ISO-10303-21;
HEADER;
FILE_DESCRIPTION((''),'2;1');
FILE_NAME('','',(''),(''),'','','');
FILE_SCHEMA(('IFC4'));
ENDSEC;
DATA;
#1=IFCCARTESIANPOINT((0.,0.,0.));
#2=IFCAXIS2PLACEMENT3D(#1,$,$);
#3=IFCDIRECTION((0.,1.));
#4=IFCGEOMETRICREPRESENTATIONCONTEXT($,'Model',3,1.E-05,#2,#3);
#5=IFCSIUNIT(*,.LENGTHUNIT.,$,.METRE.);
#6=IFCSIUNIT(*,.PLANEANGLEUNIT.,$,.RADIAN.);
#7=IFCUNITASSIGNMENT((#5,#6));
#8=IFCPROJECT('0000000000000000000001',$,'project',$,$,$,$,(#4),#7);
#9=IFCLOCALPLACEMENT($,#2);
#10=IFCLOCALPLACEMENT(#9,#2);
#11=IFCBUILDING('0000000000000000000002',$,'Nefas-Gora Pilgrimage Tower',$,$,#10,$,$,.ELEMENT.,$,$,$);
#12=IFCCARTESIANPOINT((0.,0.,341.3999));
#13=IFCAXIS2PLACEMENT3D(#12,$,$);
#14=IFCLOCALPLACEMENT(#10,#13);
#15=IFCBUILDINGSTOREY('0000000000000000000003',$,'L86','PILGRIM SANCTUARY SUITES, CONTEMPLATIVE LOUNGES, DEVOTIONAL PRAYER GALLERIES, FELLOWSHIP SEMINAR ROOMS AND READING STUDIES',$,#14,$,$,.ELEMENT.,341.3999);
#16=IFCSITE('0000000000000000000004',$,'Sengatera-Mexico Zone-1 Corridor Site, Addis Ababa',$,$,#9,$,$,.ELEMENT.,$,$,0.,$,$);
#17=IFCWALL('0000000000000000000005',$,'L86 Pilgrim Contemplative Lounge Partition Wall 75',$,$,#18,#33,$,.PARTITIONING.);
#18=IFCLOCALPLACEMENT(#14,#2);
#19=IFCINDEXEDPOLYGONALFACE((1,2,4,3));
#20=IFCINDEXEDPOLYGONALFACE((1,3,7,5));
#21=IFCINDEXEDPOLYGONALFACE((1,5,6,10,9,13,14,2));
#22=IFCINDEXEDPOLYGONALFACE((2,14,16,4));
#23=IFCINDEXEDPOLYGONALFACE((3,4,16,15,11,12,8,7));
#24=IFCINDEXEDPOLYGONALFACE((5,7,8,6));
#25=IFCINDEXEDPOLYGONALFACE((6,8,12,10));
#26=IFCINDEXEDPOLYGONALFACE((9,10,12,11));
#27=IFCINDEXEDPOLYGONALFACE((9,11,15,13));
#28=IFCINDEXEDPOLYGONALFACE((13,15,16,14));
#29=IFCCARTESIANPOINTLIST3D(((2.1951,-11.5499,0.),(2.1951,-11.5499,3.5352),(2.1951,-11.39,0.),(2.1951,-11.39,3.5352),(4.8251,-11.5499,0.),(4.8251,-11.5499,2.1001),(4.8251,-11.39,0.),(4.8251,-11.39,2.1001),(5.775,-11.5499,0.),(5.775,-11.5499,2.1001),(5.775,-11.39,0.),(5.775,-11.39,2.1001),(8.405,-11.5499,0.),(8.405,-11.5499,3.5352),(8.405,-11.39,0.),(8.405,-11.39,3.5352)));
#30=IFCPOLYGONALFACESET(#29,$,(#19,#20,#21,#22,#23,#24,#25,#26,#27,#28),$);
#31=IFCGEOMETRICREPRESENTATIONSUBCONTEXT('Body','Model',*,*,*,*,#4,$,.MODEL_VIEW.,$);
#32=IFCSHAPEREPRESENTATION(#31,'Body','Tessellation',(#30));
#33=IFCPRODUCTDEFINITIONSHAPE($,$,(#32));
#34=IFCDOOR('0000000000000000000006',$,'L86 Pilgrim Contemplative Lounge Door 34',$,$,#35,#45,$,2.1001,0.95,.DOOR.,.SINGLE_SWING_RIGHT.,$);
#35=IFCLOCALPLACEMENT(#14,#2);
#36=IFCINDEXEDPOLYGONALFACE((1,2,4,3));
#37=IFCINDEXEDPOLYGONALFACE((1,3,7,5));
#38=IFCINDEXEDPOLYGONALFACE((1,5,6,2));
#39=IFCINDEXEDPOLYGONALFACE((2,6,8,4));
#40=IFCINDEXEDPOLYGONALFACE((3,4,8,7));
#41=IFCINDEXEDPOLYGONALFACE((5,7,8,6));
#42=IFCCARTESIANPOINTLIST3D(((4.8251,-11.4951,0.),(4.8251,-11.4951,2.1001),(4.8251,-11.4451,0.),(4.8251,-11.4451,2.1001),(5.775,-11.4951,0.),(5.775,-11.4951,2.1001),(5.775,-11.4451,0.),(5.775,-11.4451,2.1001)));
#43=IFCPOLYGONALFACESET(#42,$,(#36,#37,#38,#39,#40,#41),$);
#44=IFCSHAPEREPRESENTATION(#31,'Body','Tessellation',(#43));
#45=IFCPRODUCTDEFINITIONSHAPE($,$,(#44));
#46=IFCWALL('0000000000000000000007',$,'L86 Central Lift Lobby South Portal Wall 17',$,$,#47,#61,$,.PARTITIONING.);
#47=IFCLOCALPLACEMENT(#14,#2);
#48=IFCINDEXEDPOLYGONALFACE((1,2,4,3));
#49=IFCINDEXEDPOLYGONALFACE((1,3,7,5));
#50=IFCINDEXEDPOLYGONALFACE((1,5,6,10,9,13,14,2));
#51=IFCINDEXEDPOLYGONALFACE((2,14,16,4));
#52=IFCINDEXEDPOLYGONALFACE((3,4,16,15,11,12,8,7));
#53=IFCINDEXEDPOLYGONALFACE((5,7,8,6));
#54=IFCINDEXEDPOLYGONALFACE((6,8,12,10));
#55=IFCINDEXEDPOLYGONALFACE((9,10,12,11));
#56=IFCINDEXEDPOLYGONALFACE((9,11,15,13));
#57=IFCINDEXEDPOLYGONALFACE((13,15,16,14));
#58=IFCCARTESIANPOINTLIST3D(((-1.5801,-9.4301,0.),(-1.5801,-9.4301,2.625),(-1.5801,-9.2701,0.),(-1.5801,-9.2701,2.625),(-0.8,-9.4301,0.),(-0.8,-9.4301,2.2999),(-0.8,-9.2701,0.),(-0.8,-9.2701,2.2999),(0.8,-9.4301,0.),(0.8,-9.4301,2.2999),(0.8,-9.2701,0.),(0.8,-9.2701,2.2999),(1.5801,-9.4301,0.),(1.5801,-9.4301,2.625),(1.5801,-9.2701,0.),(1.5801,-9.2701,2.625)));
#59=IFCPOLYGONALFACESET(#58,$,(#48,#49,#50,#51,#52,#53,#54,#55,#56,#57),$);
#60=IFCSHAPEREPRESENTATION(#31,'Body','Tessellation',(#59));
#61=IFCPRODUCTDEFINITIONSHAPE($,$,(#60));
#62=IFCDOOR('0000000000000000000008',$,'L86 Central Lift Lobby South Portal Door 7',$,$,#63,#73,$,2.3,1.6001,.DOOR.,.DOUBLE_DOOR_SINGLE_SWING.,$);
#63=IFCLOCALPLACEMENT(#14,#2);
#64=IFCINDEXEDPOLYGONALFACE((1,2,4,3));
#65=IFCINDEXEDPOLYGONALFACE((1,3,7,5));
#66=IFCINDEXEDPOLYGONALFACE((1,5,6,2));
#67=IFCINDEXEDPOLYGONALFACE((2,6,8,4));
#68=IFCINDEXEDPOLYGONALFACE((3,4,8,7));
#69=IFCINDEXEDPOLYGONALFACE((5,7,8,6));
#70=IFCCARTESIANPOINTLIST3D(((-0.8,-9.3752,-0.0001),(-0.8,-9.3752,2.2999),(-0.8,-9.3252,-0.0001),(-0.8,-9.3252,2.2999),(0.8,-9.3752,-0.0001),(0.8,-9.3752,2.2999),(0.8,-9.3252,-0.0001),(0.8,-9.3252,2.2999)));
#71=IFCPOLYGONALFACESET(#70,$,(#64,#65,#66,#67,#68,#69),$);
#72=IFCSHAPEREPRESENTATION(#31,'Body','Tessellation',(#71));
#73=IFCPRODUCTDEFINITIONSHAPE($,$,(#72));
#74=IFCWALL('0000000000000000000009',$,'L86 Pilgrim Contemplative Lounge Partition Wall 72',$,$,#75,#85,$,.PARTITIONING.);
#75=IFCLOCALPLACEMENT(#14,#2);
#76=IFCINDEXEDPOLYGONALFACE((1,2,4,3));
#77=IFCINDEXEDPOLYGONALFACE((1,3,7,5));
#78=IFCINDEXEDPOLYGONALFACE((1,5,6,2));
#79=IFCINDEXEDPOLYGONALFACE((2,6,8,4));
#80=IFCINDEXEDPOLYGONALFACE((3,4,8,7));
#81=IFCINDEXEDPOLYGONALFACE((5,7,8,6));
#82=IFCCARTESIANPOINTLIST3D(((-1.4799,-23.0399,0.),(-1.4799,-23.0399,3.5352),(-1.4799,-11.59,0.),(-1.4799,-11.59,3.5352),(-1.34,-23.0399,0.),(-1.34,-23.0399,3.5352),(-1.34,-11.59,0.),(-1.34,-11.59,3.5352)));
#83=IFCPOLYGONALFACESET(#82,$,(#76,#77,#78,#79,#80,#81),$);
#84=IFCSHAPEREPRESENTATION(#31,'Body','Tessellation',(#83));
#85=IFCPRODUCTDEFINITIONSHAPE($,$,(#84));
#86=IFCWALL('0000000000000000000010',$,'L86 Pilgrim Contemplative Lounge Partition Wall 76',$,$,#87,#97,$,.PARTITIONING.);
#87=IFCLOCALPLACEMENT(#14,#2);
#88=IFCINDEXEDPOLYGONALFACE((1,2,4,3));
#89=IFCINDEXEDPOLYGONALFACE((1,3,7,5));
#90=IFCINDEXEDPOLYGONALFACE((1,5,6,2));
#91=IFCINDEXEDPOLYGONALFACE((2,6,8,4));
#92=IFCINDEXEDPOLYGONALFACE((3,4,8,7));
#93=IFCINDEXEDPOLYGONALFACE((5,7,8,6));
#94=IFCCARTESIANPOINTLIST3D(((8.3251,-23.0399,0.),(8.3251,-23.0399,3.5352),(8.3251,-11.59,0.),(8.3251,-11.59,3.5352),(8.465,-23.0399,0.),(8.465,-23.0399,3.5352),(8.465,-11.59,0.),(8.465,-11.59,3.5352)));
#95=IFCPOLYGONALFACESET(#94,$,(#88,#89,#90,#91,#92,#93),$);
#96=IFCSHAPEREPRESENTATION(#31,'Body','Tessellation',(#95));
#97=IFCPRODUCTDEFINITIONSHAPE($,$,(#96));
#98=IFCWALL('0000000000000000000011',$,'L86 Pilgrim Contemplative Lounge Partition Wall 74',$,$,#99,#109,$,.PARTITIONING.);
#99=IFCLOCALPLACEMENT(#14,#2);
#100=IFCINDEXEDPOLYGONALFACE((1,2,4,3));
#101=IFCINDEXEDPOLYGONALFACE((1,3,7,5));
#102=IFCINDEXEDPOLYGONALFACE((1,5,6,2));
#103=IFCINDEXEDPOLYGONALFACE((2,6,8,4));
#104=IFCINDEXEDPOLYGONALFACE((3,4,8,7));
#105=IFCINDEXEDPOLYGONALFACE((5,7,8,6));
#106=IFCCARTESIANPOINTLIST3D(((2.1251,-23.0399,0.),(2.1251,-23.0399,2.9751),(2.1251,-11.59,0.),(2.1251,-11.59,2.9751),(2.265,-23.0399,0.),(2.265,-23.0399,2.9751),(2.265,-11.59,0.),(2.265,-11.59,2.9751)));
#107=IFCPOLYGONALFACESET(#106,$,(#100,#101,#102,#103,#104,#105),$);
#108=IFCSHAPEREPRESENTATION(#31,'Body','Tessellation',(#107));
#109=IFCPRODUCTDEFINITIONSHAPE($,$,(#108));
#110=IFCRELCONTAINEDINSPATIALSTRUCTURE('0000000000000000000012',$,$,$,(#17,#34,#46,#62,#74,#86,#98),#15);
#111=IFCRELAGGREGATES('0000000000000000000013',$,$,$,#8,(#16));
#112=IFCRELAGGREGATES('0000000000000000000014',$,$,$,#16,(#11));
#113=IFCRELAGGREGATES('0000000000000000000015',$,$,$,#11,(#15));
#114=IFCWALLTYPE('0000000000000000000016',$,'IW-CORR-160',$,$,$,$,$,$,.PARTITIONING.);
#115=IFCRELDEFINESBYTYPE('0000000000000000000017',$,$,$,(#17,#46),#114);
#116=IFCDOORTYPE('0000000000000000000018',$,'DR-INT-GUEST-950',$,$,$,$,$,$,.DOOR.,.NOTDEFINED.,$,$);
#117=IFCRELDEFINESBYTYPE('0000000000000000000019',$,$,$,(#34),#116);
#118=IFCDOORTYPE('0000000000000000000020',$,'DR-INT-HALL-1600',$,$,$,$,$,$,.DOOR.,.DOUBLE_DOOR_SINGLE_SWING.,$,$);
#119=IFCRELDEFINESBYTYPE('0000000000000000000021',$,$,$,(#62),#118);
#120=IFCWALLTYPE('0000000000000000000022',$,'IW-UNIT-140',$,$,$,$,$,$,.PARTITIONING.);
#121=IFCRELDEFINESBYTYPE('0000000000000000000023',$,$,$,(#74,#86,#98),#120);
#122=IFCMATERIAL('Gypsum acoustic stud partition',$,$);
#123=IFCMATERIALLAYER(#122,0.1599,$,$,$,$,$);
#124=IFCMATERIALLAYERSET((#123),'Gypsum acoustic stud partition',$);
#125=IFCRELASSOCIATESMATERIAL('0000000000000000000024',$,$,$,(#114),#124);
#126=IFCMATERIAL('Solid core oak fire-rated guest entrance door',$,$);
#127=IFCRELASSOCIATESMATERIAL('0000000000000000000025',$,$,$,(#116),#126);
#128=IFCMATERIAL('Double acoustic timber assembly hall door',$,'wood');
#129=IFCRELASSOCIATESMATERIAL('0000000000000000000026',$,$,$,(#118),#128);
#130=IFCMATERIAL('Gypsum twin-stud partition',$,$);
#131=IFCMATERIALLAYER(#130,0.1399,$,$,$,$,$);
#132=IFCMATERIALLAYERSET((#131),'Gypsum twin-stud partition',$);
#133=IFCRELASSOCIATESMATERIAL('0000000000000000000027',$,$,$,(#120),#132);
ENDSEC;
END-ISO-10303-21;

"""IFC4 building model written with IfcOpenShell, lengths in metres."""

from ifc_helpers import new_model, si_unit, direction, frame, frame_2d, origin, place, context, subcontext, project, spatial, rectangle, extrude, source, transform, mapped, material, layer, layer_set, type_object, element, fill, save


model = new_model("IFC4")

# Units and contexts
model_context = context("Model", 3, precision=1e-05, world=origin(), true_north=direction((0.0, 1.0)))
body_context = subcontext(model_context, "Body", "Model", "MODEL_VIEW")
ifc_project = project(units=[si_unit("LENGTHUNIT", "METRE"), si_unit("PLANEANGLEUNIT", "RADIAN")], contexts=[model_context])

# Site, building, storey
site_placement = place(None, origin())
site = spatial("IfcSite", under=ifc_project, at=site_placement, Name="Sengatera-Mexico Zone-1 Corridor Site, Addis Ababa", CompositionType="ELEMENT", RefElevation=0.0)
building_placement = place(site_placement, origin())
building = spatial("IfcBuilding", under=site, at=building_placement, Name="Nefas-Gora Pilgrimage Tower", CompositionType="ELEMENT")
storey_placement = place(building_placement, frame((0.0, 0.0, 341.3999)))
storey = spatial("IfcBuildingStorey", under=building, at=storey_placement, Name="L86", Description="PILGRIM SANCTUARY SUITES, CONTEMPLATIVE LOUNGES, DEVOTIONAL PRAYER GALLERIES, FELLOWSHIP SEMINAR ROOMS AND READING STUDIES", CompositionType="ELEMENT", Elevation=341.3999)

# Walls, openings, doors
ifc_material_1 = material(Name="Gypsum acoustic stud partition")
ifc_layer_1 = layer(ifc_material_1, 0.1599)
ifc_layer_set_1 = layer_set([ifc_layer_1], Name="Gypsum acoustic stud partition")
wall_type_1 = type_object("IfcWallType", Name="IW-CORR-160", PredefinedType="PARTITIONING", material=ifc_layer_set_1)
ifc_material_2 = material(Name="Solid core oak fire-rated guest entrance door")
door_type_1 = type_object("IfcDoorType", Name="DR-INT-GUEST-950", OperationType="NOTDEFINED", PredefinedType="DOOR", material=ifc_material_2)
shared_shape_1 = source(origin(), body_context, "Body", "SweptSolid", [
    extrude(rectangle(XDim=0.95, YDim=2.1001, at=frame_2d((0.4751, 1.05))), frame((0.0, 0.0249, 0.0), z_axis=(0.0, -1.0, 0.0), x_axis=(1.0, 0.0, 0.0)), (0.0, 0.0, 1.0), 0.05),
])
shared_shape_2 = source(origin(), body_context, "Body", "SweptSolid", [
    extrude(rectangle(XDim=6.21, YDim=0.1599, at=frame_2d((3.105, 0.0))), origin(), (0.0, 0.0, 1.0), 3.5352),
])
wall_1_placement = place(storey_placement, frame((2.1951, -11.47, 0.0), z_axis=(0.0, 0.0, 1.0), x_axis=(1.0, 0.0, 0.0)))
wall_1 = element("IfcWall", 1, at=wall_1_placement, inside=storey, type_object=wall_type_1, Name="L86 Pilgrim Contemplative Lounge Partition Wall 75", PredefinedType="PARTITIONING", context=body_context, shape_type="MappedRepresentation", body=[
    mapped(shared_shape_2, transform((0.0, 0.0, 0.0), x_axis=(1.0, 0.0, 0.0), y_axis=(0.0, 1.0, 0.0), z_axis=(0.0, 0.0, 1.0), scale=1.0)),
])
opening_1_placement = place(wall_1_placement, frame((2.6299, 0.0, 0.0)))
opening_1 = element("IfcOpeningElement", 2, at=opening_1_placement, cuts=wall_1, PredefinedType="OPENING", context=body_context, shape_type="SweptSolid", body=[
    extrude(rectangle(XDim=0.95, YDim=2.1001, at=frame_2d((0.4751, 1.05))), frame((0.0, 0.0898, 0.0), z_axis=(0.0, -1.0, 0.0), x_axis=(1.0, 0.0, 0.0)), (0.0, 0.0, 1.0), 0.1799),
])
door_1_placement = place(opening_1_placement, origin())
door_1 = element("IfcDoor", 3, at=door_1_placement, inside=storey, type_object=door_type_1, Name="L86 Pilgrim Contemplative Lounge Door 34", OperationType="SINGLE_SWING_RIGHT", OverallHeight=2.1001, OverallWidth=0.95, PredefinedType="DOOR", context=body_context, shape_type="MappedRepresentation", body=[
    mapped(shared_shape_1, transform((0.0, 0.0, 0.0), x_axis=(1.0, 0.0, 0.0), y_axis=(0.0, 1.0, 0.0), z_axis=(0.0, 0.0, 1.0), scale=1.0)),
])
fill(opening_1, door_1)
shared_shape_3 = source(origin(), body_context, "Body", "SweptSolid", [
    extrude(rectangle(XDim=3.1602, YDim=0.1599, at=frame_2d((1.5801, 0.0))), origin(), (0.0, 0.0, 1.0), 2.625),
])
wall_2_placement = place(storey_placement, frame((-1.5801, -9.3501, 0.0), z_axis=(0.0, 0.0, 1.0), x_axis=(1.0, 0.0, 0.0)))
wall_2 = element("IfcWall", 4, at=wall_2_placement, inside=storey, type_object=wall_type_1, Name="L86 Central Lift Lobby South Portal Wall 17", PredefinedType="PARTITIONING", context=body_context, shape_type="MappedRepresentation", body=[
    mapped(shared_shape_3, transform((0.0, 0.0, 0.0), x_axis=(1.0, 0.0, 0.0), y_axis=(0.0, 1.0, 0.0), z_axis=(0.0, 0.0, 1.0), scale=1.0)),
])
opening_2_placement = place(wall_2_placement, frame((0.78, 0.0, 0.0)))
opening_2 = element("IfcOpeningElement", 5, at=opening_2_placement, cuts=wall_2, PredefinedType="OPENING", context=body_context, shape_type="SweptSolid", body=[
    extrude(rectangle(XDim=1.6001, YDim=2.3, at=frame_2d((0.8, 1.1499))), frame((0.0, 0.0898, 0.0), z_axis=(0.0, -1.0, 0.0), x_axis=(1.0, 0.0, 0.0)), (0.0, 0.0, 1.0), 0.1799),
])
ifc_material_3 = material(Name="Double acoustic timber assembly hall door", Category="wood")
door_type_2 = type_object("IfcDoorType", Name="DR-INT-HALL-1600", OperationType="DOUBLE_DOOR_SINGLE_SWING", PredefinedType="DOOR", material=ifc_material_3)
shared_shape_4 = source(origin(), body_context, "Body", "SweptSolid", [
    extrude(rectangle(XDim=1.6001, YDim=2.3, at=frame_2d((0.8, 1.1499))), frame((0.0, 0.0249, 0.0), z_axis=(0.0, -1.0, 0.0), x_axis=(1.0, 0.0, 0.0)), (0.0, 0.0, 1.0), 0.05),
])
door_2_placement = place(opening_2_placement, origin())
door_2 = element("IfcDoor", 6, at=door_2_placement, inside=storey, type_object=door_type_2, Name="L86 Central Lift Lobby South Portal Door 7", OperationType="DOUBLE_DOOR_SINGLE_SWING", OverallHeight=2.3, OverallWidth=1.6001, PredefinedType="DOOR", context=body_context, shape_type="MappedRepresentation", body=[
    mapped(shared_shape_4, transform((0.0, 0.0, 0.0), x_axis=(1.0, 0.0, 0.0), y_axis=(0.0, 1.0, 0.0), z_axis=(0.0, 0.0, 1.0), scale=1.0)),
])
fill(opening_2, door_2)

# Walls
ifc_material_4 = material(Name="Gypsum twin-stud partition")
ifc_layer_2 = layer(ifc_material_4, 0.1399)
ifc_layer_set_2 = layer_set([ifc_layer_2], Name="Gypsum twin-stud partition")
wall_type_2 = type_object("IfcWallType", Name="IW-UNIT-140", PredefinedType="PARTITIONING", material=ifc_layer_set_2)
shared_shape_5 = source(origin(), body_context, "Body", "SweptSolid", [
    extrude(rectangle(XDim=11.45, YDim=0.1399, at=frame_2d((5.7251, 0.0))), origin(), (0.0, 0.0, 1.0), 3.5352),
])
for number, where, z_axis, x_axis, name in (
    (7, (-1.4099, -23.04, 0.0), (0.0, 0.0, 1.0), (0.0, 1.0, 0.0), "L86 Pilgrim Contemplative Lounge Partition Wall 72"),
    (8, (8.395, -23.04, 0.0), (0.0, 0.0, 1.0), (0.0, 1.0, 0.0), "L86 Pilgrim Contemplative Lounge Partition Wall 76"),
):
    element("IfcWall", number, at=place(storey_placement, frame(where, z_axis=z_axis, x_axis=x_axis)), inside=storey, type_object=wall_type_2, Name=name, PredefinedType="PARTITIONING", context=body_context, shape_type="MappedRepresentation", body=[
        mapped(shared_shape_5, transform((0.0, 0.0, 0.0), x_axis=(1.0, 0.0, 0.0), y_axis=(0.0, 1.0, 0.0), z_axis=(0.0, 0.0, 1.0), scale=1.0)),
    ])
shared_shape_6 = source(origin(), body_context, "Body", "SweptSolid", [
    extrude(rectangle(XDim=11.45, YDim=0.1399, at=frame_2d((5.7251, 0.0))), origin(), (0.0, 0.0, 1.0), 2.9751),
])
wall_3_placement = place(storey_placement, frame((2.1951, -23.04, 0.0), z_axis=(0.0, 0.0, 1.0), x_axis=(0.0, 1.0, 0.0)))
element("IfcWall", 9, at=wall_3_placement, inside=storey, type_object=wall_type_2, Name="L86 Pilgrim Contemplative Lounge Partition Wall 74", PredefinedType="PARTITIONING", context=body_context, shape_type="MappedRepresentation", body=[
    mapped(shared_shape_6, transform((0.0, 0.0, 0.0), x_axis=(1.0, 0.0, 0.0), y_axis=(0.0, 1.0, 0.0), z_axis=(0.0, 0.0, 1.0), scale=1.0)),
])

save(model, "model.ifc")
